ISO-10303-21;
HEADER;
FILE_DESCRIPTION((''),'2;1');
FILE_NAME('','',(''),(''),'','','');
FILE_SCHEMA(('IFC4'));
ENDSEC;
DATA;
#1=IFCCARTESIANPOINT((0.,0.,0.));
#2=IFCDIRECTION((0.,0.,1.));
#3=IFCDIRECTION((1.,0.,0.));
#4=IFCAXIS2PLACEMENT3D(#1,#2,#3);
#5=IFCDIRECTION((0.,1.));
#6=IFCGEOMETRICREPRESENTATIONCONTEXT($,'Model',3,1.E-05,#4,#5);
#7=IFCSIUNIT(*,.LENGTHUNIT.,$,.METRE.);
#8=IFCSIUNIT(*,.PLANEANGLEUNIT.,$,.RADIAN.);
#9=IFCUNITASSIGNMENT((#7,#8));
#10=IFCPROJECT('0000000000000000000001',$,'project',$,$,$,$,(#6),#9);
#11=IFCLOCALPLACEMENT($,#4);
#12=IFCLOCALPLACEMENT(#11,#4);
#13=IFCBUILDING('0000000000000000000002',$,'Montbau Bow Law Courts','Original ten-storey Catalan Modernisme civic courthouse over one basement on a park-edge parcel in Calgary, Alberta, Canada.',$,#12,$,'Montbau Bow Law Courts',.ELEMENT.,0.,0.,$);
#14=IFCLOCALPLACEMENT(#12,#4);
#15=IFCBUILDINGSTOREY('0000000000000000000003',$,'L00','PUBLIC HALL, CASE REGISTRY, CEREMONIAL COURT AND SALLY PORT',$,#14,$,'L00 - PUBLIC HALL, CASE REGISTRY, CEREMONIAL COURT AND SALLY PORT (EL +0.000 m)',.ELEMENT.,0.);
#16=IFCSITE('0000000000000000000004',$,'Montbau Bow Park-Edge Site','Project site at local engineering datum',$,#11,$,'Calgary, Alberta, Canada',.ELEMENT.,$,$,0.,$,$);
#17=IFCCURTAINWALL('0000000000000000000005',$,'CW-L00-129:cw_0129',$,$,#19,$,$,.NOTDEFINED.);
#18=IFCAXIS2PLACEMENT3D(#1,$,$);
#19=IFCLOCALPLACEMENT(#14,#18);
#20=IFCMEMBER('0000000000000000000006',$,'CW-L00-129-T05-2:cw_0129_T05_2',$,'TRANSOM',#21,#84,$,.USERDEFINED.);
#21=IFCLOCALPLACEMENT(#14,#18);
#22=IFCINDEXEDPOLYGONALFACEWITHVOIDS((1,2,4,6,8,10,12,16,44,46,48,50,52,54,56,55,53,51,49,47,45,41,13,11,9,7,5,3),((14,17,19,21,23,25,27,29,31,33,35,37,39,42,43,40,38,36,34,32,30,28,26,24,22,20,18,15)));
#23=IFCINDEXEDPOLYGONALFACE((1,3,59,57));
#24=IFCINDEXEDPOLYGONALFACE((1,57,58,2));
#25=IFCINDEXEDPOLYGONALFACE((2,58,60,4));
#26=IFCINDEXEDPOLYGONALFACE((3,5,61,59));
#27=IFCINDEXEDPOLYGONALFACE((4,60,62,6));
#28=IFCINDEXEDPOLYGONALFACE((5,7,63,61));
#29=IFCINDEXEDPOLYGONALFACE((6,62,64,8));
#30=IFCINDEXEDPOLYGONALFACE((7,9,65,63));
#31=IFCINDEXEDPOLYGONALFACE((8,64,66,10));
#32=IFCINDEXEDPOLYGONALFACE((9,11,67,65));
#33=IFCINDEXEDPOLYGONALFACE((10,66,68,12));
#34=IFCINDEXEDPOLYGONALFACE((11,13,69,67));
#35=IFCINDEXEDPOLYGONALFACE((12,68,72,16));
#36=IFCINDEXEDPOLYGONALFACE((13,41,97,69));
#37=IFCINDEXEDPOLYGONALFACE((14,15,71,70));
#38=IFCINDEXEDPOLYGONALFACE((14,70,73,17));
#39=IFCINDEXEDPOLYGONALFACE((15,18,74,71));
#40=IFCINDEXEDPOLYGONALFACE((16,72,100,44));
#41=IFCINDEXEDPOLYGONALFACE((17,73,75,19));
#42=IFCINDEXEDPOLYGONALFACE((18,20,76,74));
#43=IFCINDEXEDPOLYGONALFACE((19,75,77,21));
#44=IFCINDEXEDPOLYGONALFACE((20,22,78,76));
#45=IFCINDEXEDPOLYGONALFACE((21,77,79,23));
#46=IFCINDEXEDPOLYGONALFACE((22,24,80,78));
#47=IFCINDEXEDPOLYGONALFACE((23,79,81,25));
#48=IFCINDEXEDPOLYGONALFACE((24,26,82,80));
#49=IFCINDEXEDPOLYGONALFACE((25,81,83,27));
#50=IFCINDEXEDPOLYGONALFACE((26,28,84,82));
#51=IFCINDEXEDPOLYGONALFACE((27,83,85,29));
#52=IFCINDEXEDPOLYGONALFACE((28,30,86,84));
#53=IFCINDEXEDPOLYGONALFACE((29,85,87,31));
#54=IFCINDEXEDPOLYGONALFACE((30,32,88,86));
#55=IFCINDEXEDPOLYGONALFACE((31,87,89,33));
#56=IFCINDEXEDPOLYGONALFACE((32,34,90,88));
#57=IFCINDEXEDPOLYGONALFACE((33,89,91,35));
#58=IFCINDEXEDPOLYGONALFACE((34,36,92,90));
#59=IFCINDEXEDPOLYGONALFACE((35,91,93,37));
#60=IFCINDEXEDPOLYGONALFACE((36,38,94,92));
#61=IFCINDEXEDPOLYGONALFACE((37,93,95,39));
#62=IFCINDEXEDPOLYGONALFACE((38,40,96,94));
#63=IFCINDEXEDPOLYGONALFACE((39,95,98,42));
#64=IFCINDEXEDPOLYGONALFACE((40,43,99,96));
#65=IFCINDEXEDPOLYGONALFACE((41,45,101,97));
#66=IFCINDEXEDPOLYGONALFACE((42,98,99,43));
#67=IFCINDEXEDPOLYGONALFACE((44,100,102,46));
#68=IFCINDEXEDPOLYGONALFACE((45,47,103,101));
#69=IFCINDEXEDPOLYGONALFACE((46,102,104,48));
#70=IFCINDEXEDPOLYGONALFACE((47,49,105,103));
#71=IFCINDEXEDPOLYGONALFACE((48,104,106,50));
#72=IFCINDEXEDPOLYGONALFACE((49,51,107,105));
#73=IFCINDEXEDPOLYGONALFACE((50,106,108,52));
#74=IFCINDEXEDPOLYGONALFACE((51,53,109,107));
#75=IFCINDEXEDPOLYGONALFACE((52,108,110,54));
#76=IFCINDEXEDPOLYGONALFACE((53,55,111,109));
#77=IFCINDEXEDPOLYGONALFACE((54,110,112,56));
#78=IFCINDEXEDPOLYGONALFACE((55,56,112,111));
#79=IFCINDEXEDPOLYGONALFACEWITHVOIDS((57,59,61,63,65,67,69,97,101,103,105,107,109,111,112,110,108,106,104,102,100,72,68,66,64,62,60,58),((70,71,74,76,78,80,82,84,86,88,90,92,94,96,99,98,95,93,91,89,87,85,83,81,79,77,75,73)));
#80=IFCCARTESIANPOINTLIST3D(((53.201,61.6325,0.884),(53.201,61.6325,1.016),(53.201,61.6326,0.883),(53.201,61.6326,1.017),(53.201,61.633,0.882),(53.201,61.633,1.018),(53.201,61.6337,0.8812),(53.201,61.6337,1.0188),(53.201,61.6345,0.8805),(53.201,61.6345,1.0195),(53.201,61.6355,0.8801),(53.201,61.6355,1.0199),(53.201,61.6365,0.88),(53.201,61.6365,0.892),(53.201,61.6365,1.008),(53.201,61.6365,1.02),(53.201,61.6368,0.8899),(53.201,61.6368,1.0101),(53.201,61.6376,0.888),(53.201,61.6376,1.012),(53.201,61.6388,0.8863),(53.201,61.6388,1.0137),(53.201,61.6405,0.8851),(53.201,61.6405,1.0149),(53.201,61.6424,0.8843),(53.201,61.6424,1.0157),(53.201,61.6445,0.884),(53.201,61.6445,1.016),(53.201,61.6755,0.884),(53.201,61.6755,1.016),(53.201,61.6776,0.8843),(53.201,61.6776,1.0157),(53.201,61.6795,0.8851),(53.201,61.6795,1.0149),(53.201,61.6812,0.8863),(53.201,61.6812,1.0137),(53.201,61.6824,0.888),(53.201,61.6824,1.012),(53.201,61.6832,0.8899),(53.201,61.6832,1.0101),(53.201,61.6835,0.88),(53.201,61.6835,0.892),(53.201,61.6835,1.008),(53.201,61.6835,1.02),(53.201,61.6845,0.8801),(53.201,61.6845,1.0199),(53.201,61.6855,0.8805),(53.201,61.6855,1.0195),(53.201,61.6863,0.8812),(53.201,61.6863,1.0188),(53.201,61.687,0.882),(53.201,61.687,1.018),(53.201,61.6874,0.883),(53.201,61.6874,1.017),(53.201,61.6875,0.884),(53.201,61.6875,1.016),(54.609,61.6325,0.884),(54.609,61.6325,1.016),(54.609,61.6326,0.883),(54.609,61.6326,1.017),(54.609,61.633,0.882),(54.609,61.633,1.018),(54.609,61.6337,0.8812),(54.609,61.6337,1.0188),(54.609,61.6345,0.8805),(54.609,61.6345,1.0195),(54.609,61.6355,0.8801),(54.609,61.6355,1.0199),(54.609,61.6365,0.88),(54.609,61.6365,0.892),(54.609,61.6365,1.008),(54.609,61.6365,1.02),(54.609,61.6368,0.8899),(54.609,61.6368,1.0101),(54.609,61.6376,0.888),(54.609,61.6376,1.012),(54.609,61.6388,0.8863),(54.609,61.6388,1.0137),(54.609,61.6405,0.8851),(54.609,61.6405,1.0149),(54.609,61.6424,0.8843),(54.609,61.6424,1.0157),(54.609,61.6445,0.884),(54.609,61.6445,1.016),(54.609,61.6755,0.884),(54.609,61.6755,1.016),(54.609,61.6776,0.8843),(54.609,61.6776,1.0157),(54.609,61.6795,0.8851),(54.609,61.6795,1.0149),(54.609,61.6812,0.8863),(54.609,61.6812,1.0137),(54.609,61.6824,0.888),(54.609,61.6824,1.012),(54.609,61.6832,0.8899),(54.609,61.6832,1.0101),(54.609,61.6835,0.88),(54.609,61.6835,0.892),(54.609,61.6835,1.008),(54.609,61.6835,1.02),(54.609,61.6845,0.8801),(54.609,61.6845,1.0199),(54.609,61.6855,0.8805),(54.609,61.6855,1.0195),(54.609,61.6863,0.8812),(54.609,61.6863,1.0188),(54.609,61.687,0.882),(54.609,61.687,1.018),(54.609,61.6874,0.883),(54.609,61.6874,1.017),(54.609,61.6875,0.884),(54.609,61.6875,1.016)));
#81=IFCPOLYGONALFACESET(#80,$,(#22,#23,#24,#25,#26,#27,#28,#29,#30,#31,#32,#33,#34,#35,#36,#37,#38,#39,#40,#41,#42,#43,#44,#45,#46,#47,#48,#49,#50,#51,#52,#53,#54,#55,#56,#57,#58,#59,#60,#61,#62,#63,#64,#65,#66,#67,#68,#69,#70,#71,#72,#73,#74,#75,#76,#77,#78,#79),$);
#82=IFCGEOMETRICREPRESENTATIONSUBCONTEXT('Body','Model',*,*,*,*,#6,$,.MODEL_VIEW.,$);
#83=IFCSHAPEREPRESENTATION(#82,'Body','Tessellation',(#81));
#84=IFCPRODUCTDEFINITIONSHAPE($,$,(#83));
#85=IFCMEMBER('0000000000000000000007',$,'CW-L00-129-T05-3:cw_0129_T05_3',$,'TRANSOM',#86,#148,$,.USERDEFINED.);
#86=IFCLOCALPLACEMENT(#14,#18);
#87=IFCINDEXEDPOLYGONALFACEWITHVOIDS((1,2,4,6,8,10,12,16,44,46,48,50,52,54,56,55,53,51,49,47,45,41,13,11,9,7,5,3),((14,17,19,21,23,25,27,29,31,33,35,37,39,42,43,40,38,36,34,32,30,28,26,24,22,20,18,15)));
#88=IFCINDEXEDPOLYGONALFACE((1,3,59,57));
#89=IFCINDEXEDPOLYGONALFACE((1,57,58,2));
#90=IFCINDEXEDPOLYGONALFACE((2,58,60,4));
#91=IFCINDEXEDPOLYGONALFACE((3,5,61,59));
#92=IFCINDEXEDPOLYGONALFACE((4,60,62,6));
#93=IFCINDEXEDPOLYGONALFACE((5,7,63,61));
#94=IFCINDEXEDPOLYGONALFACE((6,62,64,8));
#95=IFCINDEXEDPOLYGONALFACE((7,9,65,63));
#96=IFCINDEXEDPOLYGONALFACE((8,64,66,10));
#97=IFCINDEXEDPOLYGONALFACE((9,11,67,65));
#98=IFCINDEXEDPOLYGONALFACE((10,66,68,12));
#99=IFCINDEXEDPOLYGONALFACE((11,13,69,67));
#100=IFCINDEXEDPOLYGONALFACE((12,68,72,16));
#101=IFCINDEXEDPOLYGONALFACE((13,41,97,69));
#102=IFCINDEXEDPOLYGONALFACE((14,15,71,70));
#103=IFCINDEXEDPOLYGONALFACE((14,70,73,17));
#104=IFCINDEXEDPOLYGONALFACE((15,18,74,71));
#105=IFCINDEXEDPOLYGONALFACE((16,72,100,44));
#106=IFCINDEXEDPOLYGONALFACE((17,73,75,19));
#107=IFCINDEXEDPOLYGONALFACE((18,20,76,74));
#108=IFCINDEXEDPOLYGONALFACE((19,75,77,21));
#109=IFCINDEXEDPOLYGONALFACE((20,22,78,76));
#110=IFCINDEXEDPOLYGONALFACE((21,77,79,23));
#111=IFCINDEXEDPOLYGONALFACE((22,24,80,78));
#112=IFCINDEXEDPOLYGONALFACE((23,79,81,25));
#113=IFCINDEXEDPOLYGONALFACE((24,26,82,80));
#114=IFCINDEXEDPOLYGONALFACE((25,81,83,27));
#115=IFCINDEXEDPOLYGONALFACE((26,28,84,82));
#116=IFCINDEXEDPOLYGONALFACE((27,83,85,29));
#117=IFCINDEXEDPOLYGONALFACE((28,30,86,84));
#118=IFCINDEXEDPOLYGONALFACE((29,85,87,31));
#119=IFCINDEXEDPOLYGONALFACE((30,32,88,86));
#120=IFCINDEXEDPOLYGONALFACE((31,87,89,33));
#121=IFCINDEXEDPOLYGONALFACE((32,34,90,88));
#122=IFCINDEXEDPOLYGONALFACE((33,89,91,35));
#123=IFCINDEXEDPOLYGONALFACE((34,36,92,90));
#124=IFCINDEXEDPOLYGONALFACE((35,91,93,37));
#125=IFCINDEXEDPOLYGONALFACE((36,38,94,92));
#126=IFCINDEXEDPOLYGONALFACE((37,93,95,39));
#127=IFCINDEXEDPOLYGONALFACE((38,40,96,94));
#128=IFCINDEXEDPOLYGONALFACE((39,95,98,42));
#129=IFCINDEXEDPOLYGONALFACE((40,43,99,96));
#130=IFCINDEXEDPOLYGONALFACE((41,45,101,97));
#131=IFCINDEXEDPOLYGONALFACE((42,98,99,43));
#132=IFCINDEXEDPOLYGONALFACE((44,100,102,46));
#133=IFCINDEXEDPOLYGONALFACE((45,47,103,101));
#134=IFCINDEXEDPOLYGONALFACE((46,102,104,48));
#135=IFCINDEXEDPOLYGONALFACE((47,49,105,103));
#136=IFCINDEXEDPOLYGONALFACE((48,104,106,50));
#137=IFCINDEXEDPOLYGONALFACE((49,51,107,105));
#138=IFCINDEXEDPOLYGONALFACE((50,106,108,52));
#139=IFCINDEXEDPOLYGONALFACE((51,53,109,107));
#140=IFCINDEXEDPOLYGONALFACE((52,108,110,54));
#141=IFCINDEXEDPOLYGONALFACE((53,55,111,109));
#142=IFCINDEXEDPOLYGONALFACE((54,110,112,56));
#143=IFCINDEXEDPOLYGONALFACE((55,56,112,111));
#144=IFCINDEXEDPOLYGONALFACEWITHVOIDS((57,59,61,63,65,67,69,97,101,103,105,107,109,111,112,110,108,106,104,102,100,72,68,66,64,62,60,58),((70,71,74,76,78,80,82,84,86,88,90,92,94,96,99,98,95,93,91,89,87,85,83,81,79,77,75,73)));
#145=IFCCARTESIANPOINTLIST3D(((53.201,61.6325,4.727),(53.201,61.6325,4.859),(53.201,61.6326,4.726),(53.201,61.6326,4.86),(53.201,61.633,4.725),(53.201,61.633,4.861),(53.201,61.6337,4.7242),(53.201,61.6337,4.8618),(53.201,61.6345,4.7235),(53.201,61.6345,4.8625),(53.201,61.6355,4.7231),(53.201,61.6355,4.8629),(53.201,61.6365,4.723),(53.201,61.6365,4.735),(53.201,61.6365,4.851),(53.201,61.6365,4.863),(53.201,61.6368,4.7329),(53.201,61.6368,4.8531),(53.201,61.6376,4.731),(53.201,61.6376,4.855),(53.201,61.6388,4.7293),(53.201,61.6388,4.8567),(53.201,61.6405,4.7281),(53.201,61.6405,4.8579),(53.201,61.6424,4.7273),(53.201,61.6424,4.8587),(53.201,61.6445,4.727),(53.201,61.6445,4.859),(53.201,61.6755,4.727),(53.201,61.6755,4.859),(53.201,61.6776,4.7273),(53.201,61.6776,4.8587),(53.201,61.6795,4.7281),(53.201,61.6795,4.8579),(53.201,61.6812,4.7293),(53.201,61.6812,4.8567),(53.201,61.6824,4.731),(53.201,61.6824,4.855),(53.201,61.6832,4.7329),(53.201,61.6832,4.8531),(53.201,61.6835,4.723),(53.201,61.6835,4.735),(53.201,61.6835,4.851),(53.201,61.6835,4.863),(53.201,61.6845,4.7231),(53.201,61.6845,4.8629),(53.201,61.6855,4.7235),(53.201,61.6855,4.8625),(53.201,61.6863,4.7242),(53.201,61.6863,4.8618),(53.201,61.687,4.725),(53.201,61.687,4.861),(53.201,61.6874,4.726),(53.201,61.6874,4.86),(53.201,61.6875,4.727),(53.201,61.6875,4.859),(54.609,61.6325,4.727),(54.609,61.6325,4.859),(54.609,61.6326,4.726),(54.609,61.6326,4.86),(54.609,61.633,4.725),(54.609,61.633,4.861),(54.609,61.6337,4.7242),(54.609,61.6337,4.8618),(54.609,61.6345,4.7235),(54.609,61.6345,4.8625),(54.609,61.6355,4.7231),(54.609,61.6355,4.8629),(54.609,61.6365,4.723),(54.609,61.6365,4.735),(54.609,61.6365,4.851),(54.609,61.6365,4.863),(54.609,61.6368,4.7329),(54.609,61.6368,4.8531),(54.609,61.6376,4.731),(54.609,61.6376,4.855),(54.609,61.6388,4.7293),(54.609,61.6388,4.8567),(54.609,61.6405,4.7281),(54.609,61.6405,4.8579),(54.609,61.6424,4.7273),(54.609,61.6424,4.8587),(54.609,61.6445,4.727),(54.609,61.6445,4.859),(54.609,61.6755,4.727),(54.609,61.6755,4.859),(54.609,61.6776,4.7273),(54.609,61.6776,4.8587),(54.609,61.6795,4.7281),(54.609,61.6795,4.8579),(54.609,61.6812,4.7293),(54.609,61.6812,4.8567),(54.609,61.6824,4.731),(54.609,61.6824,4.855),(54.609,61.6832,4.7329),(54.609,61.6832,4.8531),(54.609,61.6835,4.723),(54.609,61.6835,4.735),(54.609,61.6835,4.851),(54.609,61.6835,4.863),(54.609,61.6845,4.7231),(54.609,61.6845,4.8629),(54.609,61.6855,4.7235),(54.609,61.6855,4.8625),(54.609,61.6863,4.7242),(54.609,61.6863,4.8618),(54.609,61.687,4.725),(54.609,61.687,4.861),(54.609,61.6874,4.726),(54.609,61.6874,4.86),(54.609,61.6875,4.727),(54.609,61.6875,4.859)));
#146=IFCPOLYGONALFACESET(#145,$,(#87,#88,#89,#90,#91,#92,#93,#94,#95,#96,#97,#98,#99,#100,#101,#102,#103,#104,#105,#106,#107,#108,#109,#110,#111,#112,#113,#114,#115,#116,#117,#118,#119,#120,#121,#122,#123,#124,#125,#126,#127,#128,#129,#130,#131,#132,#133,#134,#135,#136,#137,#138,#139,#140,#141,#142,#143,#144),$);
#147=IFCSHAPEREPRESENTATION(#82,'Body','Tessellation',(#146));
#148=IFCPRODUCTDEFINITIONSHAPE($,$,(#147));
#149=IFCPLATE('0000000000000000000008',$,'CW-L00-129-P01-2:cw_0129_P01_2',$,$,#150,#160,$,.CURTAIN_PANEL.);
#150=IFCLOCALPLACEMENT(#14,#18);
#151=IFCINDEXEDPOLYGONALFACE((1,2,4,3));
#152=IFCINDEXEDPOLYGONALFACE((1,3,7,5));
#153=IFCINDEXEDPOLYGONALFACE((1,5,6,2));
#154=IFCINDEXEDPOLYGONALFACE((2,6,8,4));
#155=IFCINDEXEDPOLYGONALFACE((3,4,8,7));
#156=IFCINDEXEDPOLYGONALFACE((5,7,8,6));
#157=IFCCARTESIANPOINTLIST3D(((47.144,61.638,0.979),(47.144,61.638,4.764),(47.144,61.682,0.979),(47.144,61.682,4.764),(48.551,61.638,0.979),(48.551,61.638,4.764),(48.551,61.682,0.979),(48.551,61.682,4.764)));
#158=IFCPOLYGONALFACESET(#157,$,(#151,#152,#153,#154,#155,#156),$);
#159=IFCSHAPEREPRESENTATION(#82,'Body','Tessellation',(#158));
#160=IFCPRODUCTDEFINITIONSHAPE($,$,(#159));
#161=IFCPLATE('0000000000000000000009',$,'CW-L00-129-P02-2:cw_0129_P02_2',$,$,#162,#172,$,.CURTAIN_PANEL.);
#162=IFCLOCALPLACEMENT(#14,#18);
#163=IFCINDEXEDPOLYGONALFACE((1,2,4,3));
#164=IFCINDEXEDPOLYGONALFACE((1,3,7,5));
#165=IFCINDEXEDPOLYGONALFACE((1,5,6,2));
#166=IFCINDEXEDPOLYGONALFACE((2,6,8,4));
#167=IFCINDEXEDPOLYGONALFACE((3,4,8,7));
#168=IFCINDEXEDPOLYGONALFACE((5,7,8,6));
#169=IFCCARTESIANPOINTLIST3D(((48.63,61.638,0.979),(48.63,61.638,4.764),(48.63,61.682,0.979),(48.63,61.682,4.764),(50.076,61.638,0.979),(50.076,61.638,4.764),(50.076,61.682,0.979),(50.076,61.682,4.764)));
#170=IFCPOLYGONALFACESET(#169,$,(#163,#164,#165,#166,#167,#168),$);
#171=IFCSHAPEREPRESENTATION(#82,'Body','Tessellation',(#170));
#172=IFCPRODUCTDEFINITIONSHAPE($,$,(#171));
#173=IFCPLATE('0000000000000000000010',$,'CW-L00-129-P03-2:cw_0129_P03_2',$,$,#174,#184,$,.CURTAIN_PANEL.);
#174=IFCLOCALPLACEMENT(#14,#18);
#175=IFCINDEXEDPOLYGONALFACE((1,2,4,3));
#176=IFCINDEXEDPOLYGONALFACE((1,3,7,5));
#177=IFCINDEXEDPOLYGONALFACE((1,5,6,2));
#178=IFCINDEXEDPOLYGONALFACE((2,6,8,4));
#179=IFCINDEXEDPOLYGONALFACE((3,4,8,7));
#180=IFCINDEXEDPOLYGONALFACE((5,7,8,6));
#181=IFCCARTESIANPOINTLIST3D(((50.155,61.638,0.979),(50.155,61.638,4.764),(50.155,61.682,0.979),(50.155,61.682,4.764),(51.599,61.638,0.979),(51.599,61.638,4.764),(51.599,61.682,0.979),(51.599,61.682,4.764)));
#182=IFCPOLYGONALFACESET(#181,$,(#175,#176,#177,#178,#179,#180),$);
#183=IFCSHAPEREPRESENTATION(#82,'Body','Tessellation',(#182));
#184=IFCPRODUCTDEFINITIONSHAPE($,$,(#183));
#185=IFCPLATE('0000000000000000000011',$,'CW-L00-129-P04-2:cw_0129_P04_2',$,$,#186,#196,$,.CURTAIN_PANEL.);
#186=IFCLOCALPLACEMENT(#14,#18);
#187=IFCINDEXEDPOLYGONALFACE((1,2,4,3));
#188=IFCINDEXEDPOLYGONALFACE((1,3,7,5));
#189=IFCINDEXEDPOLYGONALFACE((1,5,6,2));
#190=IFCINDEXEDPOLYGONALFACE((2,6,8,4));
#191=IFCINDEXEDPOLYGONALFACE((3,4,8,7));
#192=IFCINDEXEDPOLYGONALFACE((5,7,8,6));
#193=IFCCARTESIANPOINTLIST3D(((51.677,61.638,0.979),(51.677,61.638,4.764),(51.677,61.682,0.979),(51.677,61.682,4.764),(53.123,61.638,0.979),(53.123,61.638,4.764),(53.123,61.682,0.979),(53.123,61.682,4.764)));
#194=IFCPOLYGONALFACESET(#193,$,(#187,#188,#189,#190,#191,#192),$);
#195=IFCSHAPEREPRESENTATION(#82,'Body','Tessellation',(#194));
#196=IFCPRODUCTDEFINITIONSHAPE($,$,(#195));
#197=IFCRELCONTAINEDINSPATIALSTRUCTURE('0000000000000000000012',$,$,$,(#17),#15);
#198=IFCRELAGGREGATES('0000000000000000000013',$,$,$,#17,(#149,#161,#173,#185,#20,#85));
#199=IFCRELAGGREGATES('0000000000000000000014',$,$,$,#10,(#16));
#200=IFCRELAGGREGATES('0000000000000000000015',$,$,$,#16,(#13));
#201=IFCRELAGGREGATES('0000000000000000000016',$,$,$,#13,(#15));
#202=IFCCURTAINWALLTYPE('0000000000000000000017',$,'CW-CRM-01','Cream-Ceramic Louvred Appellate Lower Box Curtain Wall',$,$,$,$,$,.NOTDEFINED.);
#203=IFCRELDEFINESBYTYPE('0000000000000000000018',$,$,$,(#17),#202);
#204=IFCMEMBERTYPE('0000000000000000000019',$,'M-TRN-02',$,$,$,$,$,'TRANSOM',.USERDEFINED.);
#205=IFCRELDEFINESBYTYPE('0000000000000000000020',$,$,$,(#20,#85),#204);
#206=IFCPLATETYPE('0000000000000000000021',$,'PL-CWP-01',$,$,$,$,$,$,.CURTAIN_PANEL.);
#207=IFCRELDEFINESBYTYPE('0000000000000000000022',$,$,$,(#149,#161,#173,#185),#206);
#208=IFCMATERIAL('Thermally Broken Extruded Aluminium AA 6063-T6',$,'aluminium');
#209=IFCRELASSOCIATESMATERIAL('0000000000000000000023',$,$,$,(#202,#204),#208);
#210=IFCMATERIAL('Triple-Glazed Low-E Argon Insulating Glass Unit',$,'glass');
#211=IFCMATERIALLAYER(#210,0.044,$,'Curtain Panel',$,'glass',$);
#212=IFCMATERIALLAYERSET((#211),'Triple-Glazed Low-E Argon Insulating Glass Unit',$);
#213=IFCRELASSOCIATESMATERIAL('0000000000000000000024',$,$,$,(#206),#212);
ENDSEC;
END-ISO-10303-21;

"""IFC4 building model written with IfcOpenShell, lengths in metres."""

from ifc_helpers import new_model, si_unit, direction, frame, frame_2d, origin_with_axes, origin_2d_with_axis, place, context, subcontext, project, spatial, rectangle, hollow_rectangle, extrude, material, layer, layer_set, material_profile, profile_set, type_object, element, aggregate, save


model = new_model("IFC4")

# Units and contexts
model_context = context("Model", 3, precision=1e-05, world=origin_with_axes(), true_north=direction((0.0, 1.0)))
body_context = subcontext(model_context, "Body", "Model", "MODEL_VIEW")
ifc_project = project(units=[si_unit("LENGTHUNIT", "METRE"), si_unit("PLANEANGLEUNIT", "RADIAN")], contexts=[model_context])

# Site, building, storey
site_placement = place(None, origin_with_axes())
site = spatial("IfcSite", under=ifc_project, at=site_placement, Name="Montbau Bow Park-Edge Site", Description="Project site at local engineering datum", LongName="Calgary, Alberta, Canada", CompositionType="ELEMENT", RefElevation=0.0)
building_placement = place(site_placement, origin_with_axes())
building = spatial("IfcBuilding", under=site, at=building_placement, Name="Montbau Bow Law Courts", Description="Original ten-storey Catalan Modernisme civic courthouse over one basement on a park-edge parcel in Calgary, Alberta, Canada.", LongName="Montbau Bow Law Courts", CompositionType="ELEMENT", ElevationOfRefHeight=0.0, ElevationOfTerrain=0.0)
storey_placement = place(building_placement, origin_with_axes())
storey = spatial("IfcBuildingStorey", under=building, at=storey_placement, Name="L00", Description="PUBLIC HALL, CASE REGISTRY, CEREMONIAL COURT AND SALLY PORT", LongName="L00 - PUBLIC HALL, CASE REGISTRY, CEREMONIAL COURT AND SALLY PORT (EL +0.000 m)", CompositionType="ELEMENT", Elevation=0.0)

# Curtain wall, members, plates
ifc_material_1 = material(Name="Thermally Broken Extruded Aluminium AA 6063-T6", Category="aluminium")
curtain_wall_type = type_object("IfcCurtainWallType", Name="CW-CRM-01", Description="Cream-Ceramic Louvred Appellate Lower Box Curtain Wall", PredefinedType="NOTDEFINED", material=ifc_material_1)
curtain_wall_placement = place(None, frame((47.068, 61.66, 0.0), z_axis=(0.0, 0.0, 1.0), x_axis=(1.0, 0.0, 0.0)))
curtain_wall = element("IfcCurtainWall", 1, at=curtain_wall_placement, inside=storey, type_object=curtain_wall_type, Name="CW-L00-129:cw_0129", PredefinedType="NOTDEFINED")
ifc_material_profile_1 = material_profile(ifc_material_1, hollow_rectangle(XDim=0.055, YDim=0.14, WallThickness=0.004, InnerFilletRadius=0.008, OuterFilletRadius=0.004, at=origin_2d_with_axis()), Name="CWT-140X55", Category="Main", Priority=0)
ifc_profile_set_1 = profile_set([ifc_material_profile_1], Name="Thermally Broken Extruded Aluminium AA 6063-T6")
member_type_1 = type_object("IfcMemberType", Name="M-TRN-02", ElementType="TRANSOM", PredefinedType="USERDEFINED", material=ifc_profile_set_1)
member_1_placement = place(None, frame((53.201, 61.66, 0.95), z_axis=(1.0, 0.0, 0.0), x_axis=(0.0, 1.0, 0.0)))
member_1 = element("IfcMember", 2, at=member_1_placement, type_object=member_type_1, Name="CW-L00-129-T05-2:cw_0129_T05_2", ObjectType="TRANSOM", PredefinedType="USERDEFINED", context=body_context, shape_type="SweptSolid", body=[
    extrude(hollow_rectangle(XDim=0.055, YDim=0.14, WallThickness=0.004, InnerFilletRadius=0.008, OuterFilletRadius=0.004, at=origin_2d_with_axis()), origin_with_axes(), (0.0, 0.0, 1.0), 1.408),
])
member_2_placement = place(None, frame((53.201, 61.66, 4.793), z_axis=(1.0, 0.0, 0.0), x_axis=(0.0, 1.0, 0.0)))
member_2 = element("IfcMember", 3, at=member_2_placement, type_object=member_type_1, Name="CW-L00-129-T05-3:cw_0129_T05_3", ObjectType="TRANSOM", PredefinedType="USERDEFINED", context=body_context, shape_type="SweptSolid", body=[
    extrude(hollow_rectangle(XDim=0.055, YDim=0.14, WallThickness=0.004, InnerFilletRadius=0.008, OuterFilletRadius=0.004, at=origin_2d_with_axis()), origin_with_axes(), (0.0, 0.0, 1.0), 1.408),
])
ifc_material_2 = material(Name="Triple-Glazed Low-E Argon Insulating Glass Unit", Category="glass")
ifc_layer_1 = layer(ifc_material_2, 0.044, Name="Curtain Panel", Category="glass")
ifc_layer_set_1 = layer_set([ifc_layer_1], Name="Triple-Glazed Low-E Argon Insulating Glass Unit")
plate_type_1 = type_object("IfcPlateType", Name="PL-CWP-01", PredefinedType="CURTAIN_PANEL", material=ifc_layer_set_1)
plate_1_placement = place(None, frame((47.144, 61.66, 0.979), z_axis=(0.0, -1.0, 0.0), x_axis=(1.0, 0.0, 0.0)))
plate_1 = element("IfcPlate", 4, at=plate_1_placement, type_object=plate_type_1, Name="CW-L00-129-P01-2:cw_0129_P01_2", PredefinedType="CURTAIN_PANEL", context=body_context, shape_type="SweptSolid", body=[
    extrude(rectangle(XDim=1.407, YDim=3.785, at=frame_2d((0.7035, 1.8925), x_axis=(1.0, 0.0))), frame((0.0, 0.0, -0.022), z_axis=(0.0, 0.0, 1.0), x_axis=(1.0, 0.0, 0.0)), (0.0, 0.0, 1.0), 0.044),
])
plate_2_placement = place(None, frame((48.63, 61.66, 0.979), z_axis=(0.0, -1.0, 0.0), x_axis=(1.0, 0.0, 0.0)))
plate_2 = element("IfcPlate", 5, at=plate_2_placement, type_object=plate_type_1, Name="CW-L00-129-P02-2:cw_0129_P02_2", PredefinedType="CURTAIN_PANEL", context=body_context, shape_type="SweptSolid", body=[
    extrude(rectangle(XDim=1.446, YDim=3.785, at=frame_2d((0.723, 1.8925), x_axis=(1.0, 0.0))), frame((0.0, 0.0, -0.022), z_axis=(0.0, 0.0, 1.0), x_axis=(1.0, 0.0, 0.0)), (0.0, 0.0, 1.0), 0.044),
])
plate_3_placement = place(None, frame((50.155, 61.66, 0.979), z_axis=(0.0, -1.0, 0.0), x_axis=(1.0, 0.0, 0.0)))
plate_3 = element("IfcPlate", 6, at=plate_3_placement, type_object=plate_type_1, Name="CW-L00-129-P03-2:cw_0129_P03_2", PredefinedType="CURTAIN_PANEL", context=body_context, shape_type="SweptSolid", body=[
    extrude(rectangle(XDim=1.444, YDim=3.785, at=frame_2d((0.722, 1.8925), x_axis=(1.0, 0.0))), frame((0.0, 0.0, -0.022), z_axis=(0.0, 0.0, 1.0), x_axis=(1.0, 0.0, 0.0)), (0.0, 0.0, 1.0), 0.044),
])
plate_4_placement = place(None, frame((51.677, 61.66, 0.979), z_axis=(0.0, -1.0, 0.0), x_axis=(1.0, 0.0, 0.0)))
plate_4 = element("IfcPlate", 7, at=plate_4_placement, type_object=plate_type_1, Name="CW-L00-129-P04-2:cw_0129_P04_2", PredefinedType="CURTAIN_PANEL", context=body_context, shape_type="SweptSolid", body=[
    extrude(rectangle(XDim=1.446, YDim=3.785, at=frame_2d((0.723, 1.8925), x_axis=(1.0, 0.0))), frame((0.0, 0.0, -0.022), z_axis=(0.0, 0.0, 1.0), x_axis=(1.0, 0.0, 0.0)), (0.0, 0.0, 1.0), 0.044),
])
aggregate(curtain_wall, [plate_1, plate_2, plate_3, plate_4, member_1, member_2])

save(model, "model.ifc")
